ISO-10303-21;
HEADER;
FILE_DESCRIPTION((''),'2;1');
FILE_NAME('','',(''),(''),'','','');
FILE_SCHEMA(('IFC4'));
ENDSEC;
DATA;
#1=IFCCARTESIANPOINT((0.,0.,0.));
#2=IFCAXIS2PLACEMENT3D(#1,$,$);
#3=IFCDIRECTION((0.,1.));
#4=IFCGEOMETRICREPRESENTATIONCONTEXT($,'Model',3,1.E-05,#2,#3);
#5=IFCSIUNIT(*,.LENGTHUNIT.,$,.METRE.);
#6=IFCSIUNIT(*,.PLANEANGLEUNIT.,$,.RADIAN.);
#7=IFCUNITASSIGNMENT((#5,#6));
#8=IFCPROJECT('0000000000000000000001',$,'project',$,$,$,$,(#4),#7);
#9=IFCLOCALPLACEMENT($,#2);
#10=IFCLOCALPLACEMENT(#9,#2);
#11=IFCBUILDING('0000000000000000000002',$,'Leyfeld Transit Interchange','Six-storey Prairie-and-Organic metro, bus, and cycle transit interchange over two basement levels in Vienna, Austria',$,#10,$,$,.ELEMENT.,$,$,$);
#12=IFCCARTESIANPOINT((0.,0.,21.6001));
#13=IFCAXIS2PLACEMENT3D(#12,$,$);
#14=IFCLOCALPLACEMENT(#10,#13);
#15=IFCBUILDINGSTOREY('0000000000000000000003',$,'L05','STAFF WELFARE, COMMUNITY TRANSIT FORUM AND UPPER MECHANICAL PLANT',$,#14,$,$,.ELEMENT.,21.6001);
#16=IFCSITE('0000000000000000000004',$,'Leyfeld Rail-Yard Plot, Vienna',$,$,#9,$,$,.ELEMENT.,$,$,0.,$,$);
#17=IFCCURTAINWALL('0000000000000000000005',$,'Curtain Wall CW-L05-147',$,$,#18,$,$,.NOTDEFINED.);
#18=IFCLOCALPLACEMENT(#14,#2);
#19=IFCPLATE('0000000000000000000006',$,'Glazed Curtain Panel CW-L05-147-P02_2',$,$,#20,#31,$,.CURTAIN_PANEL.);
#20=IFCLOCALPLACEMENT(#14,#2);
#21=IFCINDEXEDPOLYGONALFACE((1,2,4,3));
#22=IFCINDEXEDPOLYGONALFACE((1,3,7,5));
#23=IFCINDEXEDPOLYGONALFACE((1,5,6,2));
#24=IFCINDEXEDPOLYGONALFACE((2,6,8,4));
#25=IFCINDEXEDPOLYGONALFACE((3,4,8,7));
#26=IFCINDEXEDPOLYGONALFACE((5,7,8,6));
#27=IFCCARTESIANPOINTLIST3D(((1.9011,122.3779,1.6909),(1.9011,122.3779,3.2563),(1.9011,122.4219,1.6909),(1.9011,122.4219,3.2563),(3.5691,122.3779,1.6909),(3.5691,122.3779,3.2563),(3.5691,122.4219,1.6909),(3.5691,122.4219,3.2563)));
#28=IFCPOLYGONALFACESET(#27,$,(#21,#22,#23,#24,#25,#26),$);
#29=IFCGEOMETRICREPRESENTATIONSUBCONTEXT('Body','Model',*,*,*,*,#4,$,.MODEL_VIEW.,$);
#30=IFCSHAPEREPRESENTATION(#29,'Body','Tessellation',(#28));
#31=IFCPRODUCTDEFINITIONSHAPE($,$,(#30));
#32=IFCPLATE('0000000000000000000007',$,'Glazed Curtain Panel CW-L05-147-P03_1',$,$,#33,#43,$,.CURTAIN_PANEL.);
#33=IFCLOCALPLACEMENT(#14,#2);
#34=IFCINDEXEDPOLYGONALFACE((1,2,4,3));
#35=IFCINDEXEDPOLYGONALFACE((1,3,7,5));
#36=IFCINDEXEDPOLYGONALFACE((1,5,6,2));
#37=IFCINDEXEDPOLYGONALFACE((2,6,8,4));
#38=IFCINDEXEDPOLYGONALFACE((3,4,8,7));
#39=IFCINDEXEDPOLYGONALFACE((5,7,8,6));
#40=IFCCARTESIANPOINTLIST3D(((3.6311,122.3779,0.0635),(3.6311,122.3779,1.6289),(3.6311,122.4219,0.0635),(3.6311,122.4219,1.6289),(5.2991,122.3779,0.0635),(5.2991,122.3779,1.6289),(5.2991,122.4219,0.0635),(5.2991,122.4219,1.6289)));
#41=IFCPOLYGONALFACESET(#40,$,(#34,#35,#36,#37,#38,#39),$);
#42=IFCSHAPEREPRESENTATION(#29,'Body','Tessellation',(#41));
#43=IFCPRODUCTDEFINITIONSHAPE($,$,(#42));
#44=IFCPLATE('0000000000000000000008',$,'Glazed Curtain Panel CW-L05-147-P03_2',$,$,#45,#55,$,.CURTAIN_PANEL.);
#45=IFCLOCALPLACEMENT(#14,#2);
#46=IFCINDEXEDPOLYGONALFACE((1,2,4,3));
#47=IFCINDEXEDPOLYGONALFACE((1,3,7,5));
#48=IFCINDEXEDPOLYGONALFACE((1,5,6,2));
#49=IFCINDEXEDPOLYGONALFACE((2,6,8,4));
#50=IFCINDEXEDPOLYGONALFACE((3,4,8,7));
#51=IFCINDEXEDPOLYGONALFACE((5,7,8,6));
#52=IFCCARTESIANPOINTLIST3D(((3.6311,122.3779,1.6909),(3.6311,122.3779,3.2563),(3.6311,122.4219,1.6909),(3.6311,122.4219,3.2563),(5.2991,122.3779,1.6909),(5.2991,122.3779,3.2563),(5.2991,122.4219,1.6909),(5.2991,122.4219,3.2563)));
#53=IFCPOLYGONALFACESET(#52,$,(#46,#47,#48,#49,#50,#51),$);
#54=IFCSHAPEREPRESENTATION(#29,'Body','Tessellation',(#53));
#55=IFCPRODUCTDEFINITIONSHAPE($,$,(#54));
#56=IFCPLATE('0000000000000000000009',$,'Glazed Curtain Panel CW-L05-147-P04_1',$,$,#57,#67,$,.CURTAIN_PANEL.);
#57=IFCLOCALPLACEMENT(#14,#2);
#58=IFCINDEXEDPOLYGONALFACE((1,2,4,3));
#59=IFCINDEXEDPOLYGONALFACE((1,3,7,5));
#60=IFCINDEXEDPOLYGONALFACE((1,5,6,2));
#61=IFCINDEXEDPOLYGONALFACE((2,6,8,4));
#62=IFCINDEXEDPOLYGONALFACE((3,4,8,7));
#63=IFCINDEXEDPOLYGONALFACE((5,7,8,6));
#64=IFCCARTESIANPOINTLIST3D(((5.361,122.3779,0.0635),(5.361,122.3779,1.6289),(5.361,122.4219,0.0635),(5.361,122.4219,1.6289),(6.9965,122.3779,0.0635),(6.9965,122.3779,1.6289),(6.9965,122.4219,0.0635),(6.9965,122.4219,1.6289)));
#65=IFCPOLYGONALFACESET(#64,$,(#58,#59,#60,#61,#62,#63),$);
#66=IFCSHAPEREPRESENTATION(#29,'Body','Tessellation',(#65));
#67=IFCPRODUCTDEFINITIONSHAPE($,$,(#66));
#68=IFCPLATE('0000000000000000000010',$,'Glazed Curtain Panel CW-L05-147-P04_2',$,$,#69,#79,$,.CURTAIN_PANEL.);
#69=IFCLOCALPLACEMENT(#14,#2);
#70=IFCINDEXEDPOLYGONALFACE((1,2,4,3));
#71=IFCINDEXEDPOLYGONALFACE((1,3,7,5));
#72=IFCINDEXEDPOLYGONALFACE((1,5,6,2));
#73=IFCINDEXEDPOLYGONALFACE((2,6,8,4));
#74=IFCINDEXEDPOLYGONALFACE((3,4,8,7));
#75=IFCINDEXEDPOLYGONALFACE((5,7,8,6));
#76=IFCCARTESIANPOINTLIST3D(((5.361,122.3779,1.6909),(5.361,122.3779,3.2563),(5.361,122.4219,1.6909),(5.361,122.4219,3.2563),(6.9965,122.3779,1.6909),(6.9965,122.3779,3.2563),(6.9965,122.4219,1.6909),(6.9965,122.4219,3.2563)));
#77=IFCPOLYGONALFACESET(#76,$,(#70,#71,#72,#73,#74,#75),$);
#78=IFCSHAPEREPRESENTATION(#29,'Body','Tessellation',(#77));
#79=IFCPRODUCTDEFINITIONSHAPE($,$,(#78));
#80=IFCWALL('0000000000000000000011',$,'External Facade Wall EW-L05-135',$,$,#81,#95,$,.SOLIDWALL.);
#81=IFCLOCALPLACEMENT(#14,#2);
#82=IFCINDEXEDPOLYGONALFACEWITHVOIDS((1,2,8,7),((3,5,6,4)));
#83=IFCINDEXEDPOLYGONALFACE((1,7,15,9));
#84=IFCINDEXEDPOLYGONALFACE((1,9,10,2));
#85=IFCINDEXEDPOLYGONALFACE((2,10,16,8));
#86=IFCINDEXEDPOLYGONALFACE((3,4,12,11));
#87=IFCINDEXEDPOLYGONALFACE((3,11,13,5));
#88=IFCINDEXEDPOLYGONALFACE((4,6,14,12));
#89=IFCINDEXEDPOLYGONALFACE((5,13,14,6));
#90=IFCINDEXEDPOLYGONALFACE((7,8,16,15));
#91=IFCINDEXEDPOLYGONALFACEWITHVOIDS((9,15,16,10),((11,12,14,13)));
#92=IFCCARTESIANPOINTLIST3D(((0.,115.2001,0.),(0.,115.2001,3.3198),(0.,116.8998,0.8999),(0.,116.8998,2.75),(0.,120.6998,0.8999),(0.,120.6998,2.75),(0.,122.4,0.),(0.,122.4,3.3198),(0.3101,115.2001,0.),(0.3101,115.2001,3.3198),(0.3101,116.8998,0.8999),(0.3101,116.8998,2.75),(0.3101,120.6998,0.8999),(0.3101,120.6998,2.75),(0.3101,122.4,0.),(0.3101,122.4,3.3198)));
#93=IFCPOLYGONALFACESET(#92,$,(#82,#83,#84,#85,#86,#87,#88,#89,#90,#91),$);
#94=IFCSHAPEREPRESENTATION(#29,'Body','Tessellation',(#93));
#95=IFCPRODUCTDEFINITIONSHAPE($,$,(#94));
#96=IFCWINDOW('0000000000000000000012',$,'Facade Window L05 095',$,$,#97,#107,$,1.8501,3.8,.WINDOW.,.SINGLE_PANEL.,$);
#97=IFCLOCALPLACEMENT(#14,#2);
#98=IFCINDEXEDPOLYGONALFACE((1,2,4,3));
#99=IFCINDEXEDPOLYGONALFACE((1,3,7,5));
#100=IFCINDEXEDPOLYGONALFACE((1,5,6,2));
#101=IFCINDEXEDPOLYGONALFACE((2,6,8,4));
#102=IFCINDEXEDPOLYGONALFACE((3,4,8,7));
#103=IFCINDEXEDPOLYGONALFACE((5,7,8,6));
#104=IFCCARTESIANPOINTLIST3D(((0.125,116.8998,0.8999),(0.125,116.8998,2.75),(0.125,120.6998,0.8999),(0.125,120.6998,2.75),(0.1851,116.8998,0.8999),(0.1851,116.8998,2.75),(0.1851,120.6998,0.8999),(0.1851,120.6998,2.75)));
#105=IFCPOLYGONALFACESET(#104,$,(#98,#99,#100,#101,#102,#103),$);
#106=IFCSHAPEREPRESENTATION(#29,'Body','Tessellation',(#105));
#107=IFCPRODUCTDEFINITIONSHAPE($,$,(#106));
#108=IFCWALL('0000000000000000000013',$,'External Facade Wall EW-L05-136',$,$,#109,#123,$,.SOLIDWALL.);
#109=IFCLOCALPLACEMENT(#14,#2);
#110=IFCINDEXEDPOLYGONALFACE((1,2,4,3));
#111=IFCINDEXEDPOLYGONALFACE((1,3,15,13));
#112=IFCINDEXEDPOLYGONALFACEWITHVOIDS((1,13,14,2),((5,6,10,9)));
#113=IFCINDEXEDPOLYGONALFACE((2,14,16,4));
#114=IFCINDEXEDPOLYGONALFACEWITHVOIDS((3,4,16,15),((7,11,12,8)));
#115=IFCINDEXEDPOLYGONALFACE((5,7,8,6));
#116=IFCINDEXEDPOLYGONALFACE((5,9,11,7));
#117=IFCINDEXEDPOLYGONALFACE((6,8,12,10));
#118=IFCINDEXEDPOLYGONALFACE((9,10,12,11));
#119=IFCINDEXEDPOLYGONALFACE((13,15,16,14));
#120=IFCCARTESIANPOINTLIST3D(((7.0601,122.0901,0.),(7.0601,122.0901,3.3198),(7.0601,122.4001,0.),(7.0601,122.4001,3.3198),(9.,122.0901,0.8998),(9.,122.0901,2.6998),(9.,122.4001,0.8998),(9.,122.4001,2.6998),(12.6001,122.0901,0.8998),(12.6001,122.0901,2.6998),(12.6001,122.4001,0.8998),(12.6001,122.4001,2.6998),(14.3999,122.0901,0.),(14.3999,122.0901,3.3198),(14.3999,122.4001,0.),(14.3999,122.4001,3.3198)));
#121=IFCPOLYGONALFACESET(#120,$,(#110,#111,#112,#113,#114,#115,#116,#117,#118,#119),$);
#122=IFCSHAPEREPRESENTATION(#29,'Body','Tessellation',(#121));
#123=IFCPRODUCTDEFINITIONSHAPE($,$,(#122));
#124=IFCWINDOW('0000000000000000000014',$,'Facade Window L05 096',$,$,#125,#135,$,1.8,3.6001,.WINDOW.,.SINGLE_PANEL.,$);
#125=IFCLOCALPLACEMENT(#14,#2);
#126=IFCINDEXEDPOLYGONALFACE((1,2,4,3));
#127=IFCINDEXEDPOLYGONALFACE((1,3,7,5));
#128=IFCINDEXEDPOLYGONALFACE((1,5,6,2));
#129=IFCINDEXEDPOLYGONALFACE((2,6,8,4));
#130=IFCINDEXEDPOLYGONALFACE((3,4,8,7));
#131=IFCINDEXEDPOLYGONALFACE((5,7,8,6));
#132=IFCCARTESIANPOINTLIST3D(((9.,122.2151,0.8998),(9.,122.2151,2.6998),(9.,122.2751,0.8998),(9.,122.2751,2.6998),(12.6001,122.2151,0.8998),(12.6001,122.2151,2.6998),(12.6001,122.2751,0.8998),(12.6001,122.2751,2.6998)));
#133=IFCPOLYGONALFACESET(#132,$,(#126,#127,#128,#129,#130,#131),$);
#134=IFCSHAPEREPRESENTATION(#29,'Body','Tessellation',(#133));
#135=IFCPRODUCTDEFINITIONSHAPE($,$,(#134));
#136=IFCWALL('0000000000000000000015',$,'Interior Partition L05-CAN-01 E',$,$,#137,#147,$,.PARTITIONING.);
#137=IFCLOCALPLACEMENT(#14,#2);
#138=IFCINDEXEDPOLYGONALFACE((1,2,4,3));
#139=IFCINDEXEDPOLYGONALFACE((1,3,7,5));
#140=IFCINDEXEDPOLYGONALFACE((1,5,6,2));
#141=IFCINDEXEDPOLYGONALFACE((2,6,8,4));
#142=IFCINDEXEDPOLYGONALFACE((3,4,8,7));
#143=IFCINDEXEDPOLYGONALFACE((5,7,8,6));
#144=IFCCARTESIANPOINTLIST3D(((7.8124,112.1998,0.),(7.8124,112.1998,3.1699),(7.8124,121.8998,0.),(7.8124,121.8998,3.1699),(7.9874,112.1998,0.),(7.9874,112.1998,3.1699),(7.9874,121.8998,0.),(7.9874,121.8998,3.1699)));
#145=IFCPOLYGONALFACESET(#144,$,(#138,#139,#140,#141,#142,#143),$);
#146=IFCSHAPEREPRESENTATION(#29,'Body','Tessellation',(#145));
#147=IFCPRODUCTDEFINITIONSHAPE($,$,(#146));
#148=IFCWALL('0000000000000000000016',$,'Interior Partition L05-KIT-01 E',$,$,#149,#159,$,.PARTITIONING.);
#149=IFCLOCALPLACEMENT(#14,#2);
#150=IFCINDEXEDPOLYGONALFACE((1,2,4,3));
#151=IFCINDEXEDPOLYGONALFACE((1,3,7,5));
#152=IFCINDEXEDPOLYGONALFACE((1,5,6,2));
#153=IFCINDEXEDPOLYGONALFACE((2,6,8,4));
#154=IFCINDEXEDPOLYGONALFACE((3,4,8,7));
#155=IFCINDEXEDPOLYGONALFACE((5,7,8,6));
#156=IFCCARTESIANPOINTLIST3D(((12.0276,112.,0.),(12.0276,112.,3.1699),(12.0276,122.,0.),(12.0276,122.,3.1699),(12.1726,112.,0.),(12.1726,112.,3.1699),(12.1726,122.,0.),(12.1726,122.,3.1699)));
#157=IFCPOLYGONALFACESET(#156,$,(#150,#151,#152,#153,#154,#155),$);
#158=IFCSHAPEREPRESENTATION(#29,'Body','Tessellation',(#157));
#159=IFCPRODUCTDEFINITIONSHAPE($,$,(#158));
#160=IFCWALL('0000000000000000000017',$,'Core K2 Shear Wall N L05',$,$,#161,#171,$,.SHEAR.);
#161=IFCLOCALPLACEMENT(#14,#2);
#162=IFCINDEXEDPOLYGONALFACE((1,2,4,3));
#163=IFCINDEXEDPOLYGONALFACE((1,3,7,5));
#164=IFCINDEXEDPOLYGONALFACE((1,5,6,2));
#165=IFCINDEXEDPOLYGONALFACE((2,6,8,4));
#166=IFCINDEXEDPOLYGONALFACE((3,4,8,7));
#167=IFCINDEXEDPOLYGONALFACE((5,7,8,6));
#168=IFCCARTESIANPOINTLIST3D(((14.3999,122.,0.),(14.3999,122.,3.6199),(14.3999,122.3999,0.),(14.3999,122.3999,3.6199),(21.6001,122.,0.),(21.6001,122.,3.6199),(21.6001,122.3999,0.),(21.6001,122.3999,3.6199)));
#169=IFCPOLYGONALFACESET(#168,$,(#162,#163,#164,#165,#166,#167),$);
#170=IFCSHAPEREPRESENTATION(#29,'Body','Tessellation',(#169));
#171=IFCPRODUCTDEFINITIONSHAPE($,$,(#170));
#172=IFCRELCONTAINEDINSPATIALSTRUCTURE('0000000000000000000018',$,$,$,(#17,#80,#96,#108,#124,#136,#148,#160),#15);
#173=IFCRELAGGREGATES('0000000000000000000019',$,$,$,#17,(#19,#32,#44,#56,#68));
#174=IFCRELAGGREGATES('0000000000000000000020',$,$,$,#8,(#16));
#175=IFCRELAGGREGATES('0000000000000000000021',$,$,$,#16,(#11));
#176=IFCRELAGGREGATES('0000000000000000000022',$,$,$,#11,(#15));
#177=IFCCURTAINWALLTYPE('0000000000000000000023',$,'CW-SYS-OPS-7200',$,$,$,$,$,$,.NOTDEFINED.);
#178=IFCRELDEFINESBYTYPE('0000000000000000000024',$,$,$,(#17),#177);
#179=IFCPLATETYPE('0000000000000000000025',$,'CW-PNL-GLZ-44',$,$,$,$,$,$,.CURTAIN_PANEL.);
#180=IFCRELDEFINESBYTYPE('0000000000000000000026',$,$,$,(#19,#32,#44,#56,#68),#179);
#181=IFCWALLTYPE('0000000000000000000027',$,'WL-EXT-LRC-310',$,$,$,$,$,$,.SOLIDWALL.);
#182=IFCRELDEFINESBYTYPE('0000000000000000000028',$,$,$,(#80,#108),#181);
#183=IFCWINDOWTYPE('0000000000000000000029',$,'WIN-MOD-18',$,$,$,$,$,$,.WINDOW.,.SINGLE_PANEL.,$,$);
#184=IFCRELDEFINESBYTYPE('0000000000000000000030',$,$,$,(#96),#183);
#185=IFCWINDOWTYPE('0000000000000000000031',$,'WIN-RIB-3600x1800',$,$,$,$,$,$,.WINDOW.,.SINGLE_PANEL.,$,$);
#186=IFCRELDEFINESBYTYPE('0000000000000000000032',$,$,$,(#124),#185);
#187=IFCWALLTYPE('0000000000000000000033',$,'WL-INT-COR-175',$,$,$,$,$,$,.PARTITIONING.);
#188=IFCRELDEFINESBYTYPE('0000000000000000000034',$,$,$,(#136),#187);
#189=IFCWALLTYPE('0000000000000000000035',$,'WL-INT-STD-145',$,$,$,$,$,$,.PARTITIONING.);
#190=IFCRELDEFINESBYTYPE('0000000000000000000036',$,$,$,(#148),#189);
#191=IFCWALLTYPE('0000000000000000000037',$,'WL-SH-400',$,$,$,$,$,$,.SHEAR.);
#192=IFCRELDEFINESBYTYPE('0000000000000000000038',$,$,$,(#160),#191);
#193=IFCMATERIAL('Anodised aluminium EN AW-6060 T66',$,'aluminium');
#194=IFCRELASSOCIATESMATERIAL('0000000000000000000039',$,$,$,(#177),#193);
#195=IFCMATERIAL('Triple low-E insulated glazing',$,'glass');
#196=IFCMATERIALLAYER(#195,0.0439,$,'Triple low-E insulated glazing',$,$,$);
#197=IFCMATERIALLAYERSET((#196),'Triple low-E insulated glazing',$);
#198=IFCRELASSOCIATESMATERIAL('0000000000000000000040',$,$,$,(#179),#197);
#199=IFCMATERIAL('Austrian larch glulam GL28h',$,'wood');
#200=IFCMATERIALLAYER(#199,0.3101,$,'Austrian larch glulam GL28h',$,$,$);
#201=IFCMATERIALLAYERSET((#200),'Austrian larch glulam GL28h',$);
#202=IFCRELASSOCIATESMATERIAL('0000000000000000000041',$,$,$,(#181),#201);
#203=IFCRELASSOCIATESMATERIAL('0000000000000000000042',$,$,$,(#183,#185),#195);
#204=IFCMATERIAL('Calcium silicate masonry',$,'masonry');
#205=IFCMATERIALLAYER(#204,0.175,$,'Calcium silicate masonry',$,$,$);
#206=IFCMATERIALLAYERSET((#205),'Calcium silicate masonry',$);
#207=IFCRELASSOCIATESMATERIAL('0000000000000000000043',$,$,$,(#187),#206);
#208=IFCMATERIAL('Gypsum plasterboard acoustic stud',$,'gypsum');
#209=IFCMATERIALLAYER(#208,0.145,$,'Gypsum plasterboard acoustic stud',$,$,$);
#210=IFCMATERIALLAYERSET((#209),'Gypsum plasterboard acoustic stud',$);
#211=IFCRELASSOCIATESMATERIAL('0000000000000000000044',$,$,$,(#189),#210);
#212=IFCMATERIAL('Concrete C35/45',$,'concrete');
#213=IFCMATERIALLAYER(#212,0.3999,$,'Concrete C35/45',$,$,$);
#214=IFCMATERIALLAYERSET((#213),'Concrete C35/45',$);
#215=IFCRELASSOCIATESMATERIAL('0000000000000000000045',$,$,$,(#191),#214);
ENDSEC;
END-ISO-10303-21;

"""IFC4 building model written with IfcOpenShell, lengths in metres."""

from ifc_helpers import new_model, si_unit, direction, frame, frame_2d, origin, origin_2d, place, context, subcontext, project, spatial, rectangle, extrude, material, layer, layer_set, type_object, element, fill, aggregate, save


model = new_model("IFC4")

# Units and contexts
model_context = context("Model", 3, precision=1e-05, world=origin(), true_north=direction((0.0, 1.0)))
body_context = subcontext(model_context, "Body", "Model", "MODEL_VIEW")
ifc_project = project(units=[si_unit("LENGTHUNIT", "METRE"), si_unit("PLANEANGLEUNIT", "RADIAN")], contexts=[model_context])

# Site, building, storey
site_placement = place(None, origin())
site = spatial("IfcSite", under=ifc_project, at=site_placement, Name="Leyfeld Rail-Yard Plot, Vienna", CompositionType="ELEMENT", RefElevation=0.0)
building_placement = place(site_placement, origin())
building = spatial("IfcBuilding", under=site, at=building_placement, Name="Leyfeld Transit Interchange", Description="Six-storey Prairie-and-Organic metro, bus, and cycle transit interchange over two basement levels in Vienna, Austria", CompositionType="ELEMENT")
storey_placement = place(building_placement, frame((0.0, 0.0, 21.6001)))
storey = spatial("IfcBuildingStorey", under=building, at=storey_placement, Name="L05", Description="STAFF WELFARE, COMMUNITY TRANSIT FORUM AND UPPER MECHANICAL PLANT", CompositionType="ELEMENT", Elevation=21.6001)

# Curtain wall, plates
ifc_material_1 = material(Name="Anodised aluminium EN AW-6060 T66", Category="aluminium")
curtain_wall_type = type_object("IfcCurtainWallType", Name="CW-SYS-OPS-7200", PredefinedType="NOTDEFINED", material=ifc_material_1)
curtain_wall_placement = place(storey_placement, origin())
curtain_wall = element("IfcCurtainWall", 1, at=curtain_wall_placement, inside=storey, type_object=curtain_wall_type, Name="Curtain Wall CW-L05-147", PredefinedType="NOTDEFINED")
ifc_material_2 = material(Name="Triple low-E insulated glazing", Category="glass")
ifc_layer_1 = layer(ifc_material_2, 0.0439, Name="Triple low-E insulated glazing")
ifc_layer_set_1 = layer_set([ifc_layer_1], Name="Triple low-E insulated glazing")
plate_type = type_object("IfcPlateType", Name="CW-PNL-GLZ-44", PredefinedType="CURTAIN_PANEL", material=ifc_layer_set_1)
plate_1_placement = place(storey_placement, frame((2.7351, 122.3999, 1.6909), z_axis=(0.0, 0.0, 1.0), x_axis=(1.0, 0.0, 0.0)))
plate_1 = element("IfcPlate", 2, at=plate_1_placement, type_object=plate_type, Name="Glazed Curtain Panel CW-L05-147-P02_2", PredefinedType="CURTAIN_PANEL", context=body_context, shape_type="SweptSolid", body=[
    extrude(rectangle(XDim=1.668, YDim=0.0439, at=origin_2d()), origin(), (0.0, 0.0, 1.0), 1.5654),
])
plate_2_placement = place(storey_placement, frame((4.4651, 122.3999, 0.0635), z_axis=(0.0, 0.0, 1.0), x_axis=(1.0, 0.0, 0.0)))
plate_2 = element("IfcPlate", 3, at=plate_2_placement, type_object=plate_type, Name="Glazed Curtain Panel CW-L05-147-P03_1", PredefinedType="CURTAIN_PANEL", context=body_context, shape_type="SweptSolid", body=[
    extrude(rectangle(XDim=1.668, YDim=0.0439, at=origin_2d()), origin(), (0.0, 0.0, 1.0), 1.5654),
])
plate_3_placement = place(storey_placement, frame((4.4651, 122.3999, 1.6909), z_axis=(0.0, 0.0, 1.0), x_axis=(1.0, 0.0, 0.0)))
plate_3 = element("IfcPlate", 4, at=plate_3_placement, type_object=plate_type, Name="Glazed Curtain Panel CW-L05-147-P03_2", PredefinedType="CURTAIN_PANEL", context=body_context, shape_type="SweptSolid", body=[
    extrude(rectangle(XDim=1.668, YDim=0.0439, at=origin_2d()), origin(), (0.0, 0.0, 1.0), 1.5654),
])
plate_4_placement = place(storey_placement, frame((6.1787, 122.3999, 0.0635), z_axis=(0.0, 0.0, 1.0), x_axis=(1.0, 0.0, 0.0)))
plate_4 = element("IfcPlate", 5, at=plate_4_placement, type_object=plate_type, Name="Glazed Curtain Panel CW-L05-147-P04_1", PredefinedType="CURTAIN_PANEL", context=body_context, shape_type="SweptSolid", body=[
    extrude(rectangle(XDim=1.6355, YDim=0.0439, at=origin_2d()), origin(), (0.0, 0.0, 1.0), 1.5654),
])
plate_5_placement = place(storey_placement, frame((6.1787, 122.3999, 1.6909), z_axis=(0.0, 0.0, 1.0), x_axis=(1.0, 0.0, 0.0)))
plate_5 = element("IfcPlate", 6, at=plate_5_placement, type_object=plate_type, Name="Glazed Curtain Panel CW-L05-147-P04_2", PredefinedType="CURTAIN_PANEL", context=body_context, shape_type="SweptSolid", body=[
    extrude(rectangle(XDim=1.6355, YDim=0.0439, at=origin_2d()), origin(), (0.0, 0.0, 1.0), 1.5654),
])
aggregate(curtain_wall, [plate_1, plate_2, plate_3, plate_4, plate_5])

# Walls, openings, windows
ifc_material_3 = material(Name="Austrian larch glulam GL28h", Category="wood")
ifc_layer_2 = layer(ifc_material_3, 0.3101, Name="Austrian larch glulam GL28h")
ifc_layer_set_2 = layer_set([ifc_layer_2], Name="Austrian larch glulam GL28h")
wall_type_1 = type_object("IfcWallType", Name="WL-EXT-LRC-310", PredefinedType="SOLIDWALL", material=ifc_layer_set_2)
wall_1_placement = place(storey_placement, frame((0.155, 115.2, 0.0), z_axis=(0.0, 0.0, 1.0), x_axis=(0.0, 1.0, 0.0)))
wall_1 = element("IfcWall", 7, at=wall_1_placement, inside=storey, type_object=wall_type_1, Name="External Facade Wall EW-L05-135", PredefinedType="SOLIDWALL", context=body_context, shape_type="SweptSolid", body=[
    extrude(rectangle(XDim=7.2, YDim=0.3101, at=frame_2d((3.6001, 0.0))), origin(), (0.0, 0.0, 1.0), 3.3198),
])
opening_1_placement = place(wall_1_placement, frame((1.7, 0.0, 0.8999)))
opening_1 = element("IfcOpeningElement", 8, at=opening_1_placement, cuts=wall_1, PredefinedType="OPENING", context=body_context, shape_type="SweptSolid", body=[
    extrude(rectangle(XDim=3.8, YDim=1.8501, at=frame_2d((1.8999, 0.925))), frame((0.0, 0.165, 0.0), z_axis=(0.0, -1.0, 0.0), x_axis=(1.0, 0.0, 0.0)), (0.0, 0.0, 1.0), 0.3301),
])
window_type_1 = type_object("IfcWindowType", Name="WIN-MOD-18", PartitioningType="SINGLE_PANEL", PredefinedType="WINDOW", material=ifc_material_2)
window_1_placement = place(opening_1_placement, origin())
window_1 = element("IfcWindow", 9, at=window_1_placement, inside=storey, type_object=window_type_1, Name="Facade Window L05 095", OverallHeight=1.8501, OverallWidth=3.8, PartitioningType="SINGLE_PANEL", PredefinedType="WINDOW", context=body_context, shape_type="SweptSolid", body=[
    extrude(rectangle(XDim=3.8, YDim=1.8501, at=frame_2d((1.8999, 0.925))), frame((0.0, 0.03, 0.0), z_axis=(0.0, -1.0, 0.0), x_axis=(1.0, 0.0, 0.0)), (0.0, 0.0, 1.0), 0.0601),
])
fill(opening_1, window_1)
wall_2_placement = place(storey_placement, frame((7.0601, 122.2451, 0.0), z_axis=(0.0, 0.0, 1.0), x_axis=(1.0, 0.0, 0.0)))
wall_2 = element("IfcWall", 10, at=wall_2_placement, inside=storey, type_object=wall_type_1, Name="External Facade Wall EW-L05-136", PredefinedType="SOLIDWALL", context=body_context, shape_type="SweptSolid", body=[
    extrude(rectangle(XDim=7.3398, YDim=0.3101, at=frame_2d((3.6699, 0.0))), origin(), (0.0, 0.0, 1.0), 3.3198),
])
opening_2_placement = place(wall_2_placement, frame((1.9399, 0.0, 0.8999)))
opening_2 = element("IfcOpeningElement", 11, at=opening_2_placement, cuts=wall_2, PredefinedType="OPENING", context=body_context, shape_type="SweptSolid", body=[
    extrude(rectangle(XDim=3.6001, YDim=1.8, at=frame_2d((1.8, 0.8999))), frame((0.0, 0.165, 0.0), z_axis=(0.0, -1.0, 0.0), x_axis=(1.0, 0.0, 0.0)), (0.0, 0.0, 1.0), 0.3301),
])
window_type_2 = type_object("IfcWindowType", Name="WIN-RIB-3600x1800", PartitioningType="SINGLE_PANEL", PredefinedType="WINDOW", material=ifc_material_2)
window_2_placement = place(opening_2_placement, origin())
window_2 = element("IfcWindow", 12, at=window_2_placement, inside=storey, type_object=window_type_2, Name="Facade Window L05 096", OverallHeight=1.8, OverallWidth=3.6001, PartitioningType="SINGLE_PANEL", PredefinedType="WINDOW", context=body_context, shape_type="SweptSolid", body=[
    extrude(rectangle(XDim=3.6001, YDim=1.8, at=frame_2d((1.8, 0.8999))), frame((0.0, 0.03, 0.0), z_axis=(0.0, -1.0, 0.0), x_axis=(1.0, 0.0, 0.0)), (0.0, 0.0, 1.0), 0.0601),
])
fill(opening_2, window_2)

# Walls
ifc_material_4 = material(Name="Calcium silicate masonry", Category="masonry")
ifc_layer_3 = layer(ifc_material_4, 0.175, Name="Calcium silicate masonry")
ifc_layer_set_3 = layer_set([ifc_layer_3], Name="Calcium silicate masonry")
wall_type_2 = type_object("IfcWallType", Name="WL-INT-COR-175", PredefinedType="PARTITIONING", material=ifc_layer_set_3)
wall_3_placement = place(storey_placement, frame((7.8999, 121.8999, 0.0), z_axis=(0.0, 0.0, 1.0), x_axis=(0.0, -1.0, 0.0)))
element("IfcWall", 13, at=wall_3_placement, inside=storey, type_object=wall_type_2, Name="Interior Partition L05-CAN-01 E", PredefinedType="PARTITIONING", context=body_context, shape_type="SweptSolid", body=[
    extrude(rectangle(XDim=9.7, YDim=0.175, at=frame_2d((4.8501, 0.0))), origin(), (0.0, 0.0, 1.0), 3.1699),
])
ifc_material_5 = material(Name="Gypsum plasterboard acoustic stud", Category="gypsum")
ifc_layer_4 = layer(ifc_material_5, 0.145, Name="Gypsum plasterboard acoustic stud")
ifc_layer_set_4 = layer_set([ifc_layer_4], Name="Gypsum plasterboard acoustic stud")
wall_type_3 = type_object("IfcWallType", Name="WL-INT-STD-145", PredefinedType="PARTITIONING", material=ifc_layer_set_4)
wall_4_placement = place(storey_placement, frame((12.1001, 122.0, 0.0), z_axis=(0.0, 0.0, 1.0), x_axis=(0.0, -1.0, 0.0)))
element("IfcWall", 14, at=wall_4_placement, inside=storey, type_object=wall_type_3, Name="Interior Partition L05-KIT-01 E", PredefinedType="PARTITIONING", context=body_context, shape_type="SweptSolid", body=[
    extrude(rectangle(XDim=10.0, YDim=0.145, at=frame_2d((5.0, 0.0))), origin(), (0.0, 0.0, 1.0), 3.1699),
])
ifc_material_6 = material(Name="Concrete C35/45", Category="concrete")
ifc_layer_5 = layer(ifc_material_6, 0.3999, Name="Concrete C35/45")
ifc_layer_set_5 = layer_set([ifc_layer_5], Name="Concrete C35/45")
wall_type_4 = type_object("IfcWallType", Name="WL-SH-400", PredefinedType="SHEAR", material=ifc_layer_set_5)
wall_5_placement = place(storey_placement, frame((14.3999, 122.2, 0.0), z_axis=(0.0, 0.0, 1.0), x_axis=(1.0, 0.0, 0.0)))
element("IfcWall", 15, at=wall_5_placement, inside=storey, type_object=wall_type_4, Name="Core K2 Shear Wall N L05", PredefinedType="SHEAR", context=body_context, shape_type="SweptSolid", body=[
    extrude(rectangle(XDim=7.2002, YDim=0.3999, at=frame_2d((3.6001, 0.0))), origin(), (0.0, 0.0, 1.0), 3.6199),
])

save(model, "model.ifc")
